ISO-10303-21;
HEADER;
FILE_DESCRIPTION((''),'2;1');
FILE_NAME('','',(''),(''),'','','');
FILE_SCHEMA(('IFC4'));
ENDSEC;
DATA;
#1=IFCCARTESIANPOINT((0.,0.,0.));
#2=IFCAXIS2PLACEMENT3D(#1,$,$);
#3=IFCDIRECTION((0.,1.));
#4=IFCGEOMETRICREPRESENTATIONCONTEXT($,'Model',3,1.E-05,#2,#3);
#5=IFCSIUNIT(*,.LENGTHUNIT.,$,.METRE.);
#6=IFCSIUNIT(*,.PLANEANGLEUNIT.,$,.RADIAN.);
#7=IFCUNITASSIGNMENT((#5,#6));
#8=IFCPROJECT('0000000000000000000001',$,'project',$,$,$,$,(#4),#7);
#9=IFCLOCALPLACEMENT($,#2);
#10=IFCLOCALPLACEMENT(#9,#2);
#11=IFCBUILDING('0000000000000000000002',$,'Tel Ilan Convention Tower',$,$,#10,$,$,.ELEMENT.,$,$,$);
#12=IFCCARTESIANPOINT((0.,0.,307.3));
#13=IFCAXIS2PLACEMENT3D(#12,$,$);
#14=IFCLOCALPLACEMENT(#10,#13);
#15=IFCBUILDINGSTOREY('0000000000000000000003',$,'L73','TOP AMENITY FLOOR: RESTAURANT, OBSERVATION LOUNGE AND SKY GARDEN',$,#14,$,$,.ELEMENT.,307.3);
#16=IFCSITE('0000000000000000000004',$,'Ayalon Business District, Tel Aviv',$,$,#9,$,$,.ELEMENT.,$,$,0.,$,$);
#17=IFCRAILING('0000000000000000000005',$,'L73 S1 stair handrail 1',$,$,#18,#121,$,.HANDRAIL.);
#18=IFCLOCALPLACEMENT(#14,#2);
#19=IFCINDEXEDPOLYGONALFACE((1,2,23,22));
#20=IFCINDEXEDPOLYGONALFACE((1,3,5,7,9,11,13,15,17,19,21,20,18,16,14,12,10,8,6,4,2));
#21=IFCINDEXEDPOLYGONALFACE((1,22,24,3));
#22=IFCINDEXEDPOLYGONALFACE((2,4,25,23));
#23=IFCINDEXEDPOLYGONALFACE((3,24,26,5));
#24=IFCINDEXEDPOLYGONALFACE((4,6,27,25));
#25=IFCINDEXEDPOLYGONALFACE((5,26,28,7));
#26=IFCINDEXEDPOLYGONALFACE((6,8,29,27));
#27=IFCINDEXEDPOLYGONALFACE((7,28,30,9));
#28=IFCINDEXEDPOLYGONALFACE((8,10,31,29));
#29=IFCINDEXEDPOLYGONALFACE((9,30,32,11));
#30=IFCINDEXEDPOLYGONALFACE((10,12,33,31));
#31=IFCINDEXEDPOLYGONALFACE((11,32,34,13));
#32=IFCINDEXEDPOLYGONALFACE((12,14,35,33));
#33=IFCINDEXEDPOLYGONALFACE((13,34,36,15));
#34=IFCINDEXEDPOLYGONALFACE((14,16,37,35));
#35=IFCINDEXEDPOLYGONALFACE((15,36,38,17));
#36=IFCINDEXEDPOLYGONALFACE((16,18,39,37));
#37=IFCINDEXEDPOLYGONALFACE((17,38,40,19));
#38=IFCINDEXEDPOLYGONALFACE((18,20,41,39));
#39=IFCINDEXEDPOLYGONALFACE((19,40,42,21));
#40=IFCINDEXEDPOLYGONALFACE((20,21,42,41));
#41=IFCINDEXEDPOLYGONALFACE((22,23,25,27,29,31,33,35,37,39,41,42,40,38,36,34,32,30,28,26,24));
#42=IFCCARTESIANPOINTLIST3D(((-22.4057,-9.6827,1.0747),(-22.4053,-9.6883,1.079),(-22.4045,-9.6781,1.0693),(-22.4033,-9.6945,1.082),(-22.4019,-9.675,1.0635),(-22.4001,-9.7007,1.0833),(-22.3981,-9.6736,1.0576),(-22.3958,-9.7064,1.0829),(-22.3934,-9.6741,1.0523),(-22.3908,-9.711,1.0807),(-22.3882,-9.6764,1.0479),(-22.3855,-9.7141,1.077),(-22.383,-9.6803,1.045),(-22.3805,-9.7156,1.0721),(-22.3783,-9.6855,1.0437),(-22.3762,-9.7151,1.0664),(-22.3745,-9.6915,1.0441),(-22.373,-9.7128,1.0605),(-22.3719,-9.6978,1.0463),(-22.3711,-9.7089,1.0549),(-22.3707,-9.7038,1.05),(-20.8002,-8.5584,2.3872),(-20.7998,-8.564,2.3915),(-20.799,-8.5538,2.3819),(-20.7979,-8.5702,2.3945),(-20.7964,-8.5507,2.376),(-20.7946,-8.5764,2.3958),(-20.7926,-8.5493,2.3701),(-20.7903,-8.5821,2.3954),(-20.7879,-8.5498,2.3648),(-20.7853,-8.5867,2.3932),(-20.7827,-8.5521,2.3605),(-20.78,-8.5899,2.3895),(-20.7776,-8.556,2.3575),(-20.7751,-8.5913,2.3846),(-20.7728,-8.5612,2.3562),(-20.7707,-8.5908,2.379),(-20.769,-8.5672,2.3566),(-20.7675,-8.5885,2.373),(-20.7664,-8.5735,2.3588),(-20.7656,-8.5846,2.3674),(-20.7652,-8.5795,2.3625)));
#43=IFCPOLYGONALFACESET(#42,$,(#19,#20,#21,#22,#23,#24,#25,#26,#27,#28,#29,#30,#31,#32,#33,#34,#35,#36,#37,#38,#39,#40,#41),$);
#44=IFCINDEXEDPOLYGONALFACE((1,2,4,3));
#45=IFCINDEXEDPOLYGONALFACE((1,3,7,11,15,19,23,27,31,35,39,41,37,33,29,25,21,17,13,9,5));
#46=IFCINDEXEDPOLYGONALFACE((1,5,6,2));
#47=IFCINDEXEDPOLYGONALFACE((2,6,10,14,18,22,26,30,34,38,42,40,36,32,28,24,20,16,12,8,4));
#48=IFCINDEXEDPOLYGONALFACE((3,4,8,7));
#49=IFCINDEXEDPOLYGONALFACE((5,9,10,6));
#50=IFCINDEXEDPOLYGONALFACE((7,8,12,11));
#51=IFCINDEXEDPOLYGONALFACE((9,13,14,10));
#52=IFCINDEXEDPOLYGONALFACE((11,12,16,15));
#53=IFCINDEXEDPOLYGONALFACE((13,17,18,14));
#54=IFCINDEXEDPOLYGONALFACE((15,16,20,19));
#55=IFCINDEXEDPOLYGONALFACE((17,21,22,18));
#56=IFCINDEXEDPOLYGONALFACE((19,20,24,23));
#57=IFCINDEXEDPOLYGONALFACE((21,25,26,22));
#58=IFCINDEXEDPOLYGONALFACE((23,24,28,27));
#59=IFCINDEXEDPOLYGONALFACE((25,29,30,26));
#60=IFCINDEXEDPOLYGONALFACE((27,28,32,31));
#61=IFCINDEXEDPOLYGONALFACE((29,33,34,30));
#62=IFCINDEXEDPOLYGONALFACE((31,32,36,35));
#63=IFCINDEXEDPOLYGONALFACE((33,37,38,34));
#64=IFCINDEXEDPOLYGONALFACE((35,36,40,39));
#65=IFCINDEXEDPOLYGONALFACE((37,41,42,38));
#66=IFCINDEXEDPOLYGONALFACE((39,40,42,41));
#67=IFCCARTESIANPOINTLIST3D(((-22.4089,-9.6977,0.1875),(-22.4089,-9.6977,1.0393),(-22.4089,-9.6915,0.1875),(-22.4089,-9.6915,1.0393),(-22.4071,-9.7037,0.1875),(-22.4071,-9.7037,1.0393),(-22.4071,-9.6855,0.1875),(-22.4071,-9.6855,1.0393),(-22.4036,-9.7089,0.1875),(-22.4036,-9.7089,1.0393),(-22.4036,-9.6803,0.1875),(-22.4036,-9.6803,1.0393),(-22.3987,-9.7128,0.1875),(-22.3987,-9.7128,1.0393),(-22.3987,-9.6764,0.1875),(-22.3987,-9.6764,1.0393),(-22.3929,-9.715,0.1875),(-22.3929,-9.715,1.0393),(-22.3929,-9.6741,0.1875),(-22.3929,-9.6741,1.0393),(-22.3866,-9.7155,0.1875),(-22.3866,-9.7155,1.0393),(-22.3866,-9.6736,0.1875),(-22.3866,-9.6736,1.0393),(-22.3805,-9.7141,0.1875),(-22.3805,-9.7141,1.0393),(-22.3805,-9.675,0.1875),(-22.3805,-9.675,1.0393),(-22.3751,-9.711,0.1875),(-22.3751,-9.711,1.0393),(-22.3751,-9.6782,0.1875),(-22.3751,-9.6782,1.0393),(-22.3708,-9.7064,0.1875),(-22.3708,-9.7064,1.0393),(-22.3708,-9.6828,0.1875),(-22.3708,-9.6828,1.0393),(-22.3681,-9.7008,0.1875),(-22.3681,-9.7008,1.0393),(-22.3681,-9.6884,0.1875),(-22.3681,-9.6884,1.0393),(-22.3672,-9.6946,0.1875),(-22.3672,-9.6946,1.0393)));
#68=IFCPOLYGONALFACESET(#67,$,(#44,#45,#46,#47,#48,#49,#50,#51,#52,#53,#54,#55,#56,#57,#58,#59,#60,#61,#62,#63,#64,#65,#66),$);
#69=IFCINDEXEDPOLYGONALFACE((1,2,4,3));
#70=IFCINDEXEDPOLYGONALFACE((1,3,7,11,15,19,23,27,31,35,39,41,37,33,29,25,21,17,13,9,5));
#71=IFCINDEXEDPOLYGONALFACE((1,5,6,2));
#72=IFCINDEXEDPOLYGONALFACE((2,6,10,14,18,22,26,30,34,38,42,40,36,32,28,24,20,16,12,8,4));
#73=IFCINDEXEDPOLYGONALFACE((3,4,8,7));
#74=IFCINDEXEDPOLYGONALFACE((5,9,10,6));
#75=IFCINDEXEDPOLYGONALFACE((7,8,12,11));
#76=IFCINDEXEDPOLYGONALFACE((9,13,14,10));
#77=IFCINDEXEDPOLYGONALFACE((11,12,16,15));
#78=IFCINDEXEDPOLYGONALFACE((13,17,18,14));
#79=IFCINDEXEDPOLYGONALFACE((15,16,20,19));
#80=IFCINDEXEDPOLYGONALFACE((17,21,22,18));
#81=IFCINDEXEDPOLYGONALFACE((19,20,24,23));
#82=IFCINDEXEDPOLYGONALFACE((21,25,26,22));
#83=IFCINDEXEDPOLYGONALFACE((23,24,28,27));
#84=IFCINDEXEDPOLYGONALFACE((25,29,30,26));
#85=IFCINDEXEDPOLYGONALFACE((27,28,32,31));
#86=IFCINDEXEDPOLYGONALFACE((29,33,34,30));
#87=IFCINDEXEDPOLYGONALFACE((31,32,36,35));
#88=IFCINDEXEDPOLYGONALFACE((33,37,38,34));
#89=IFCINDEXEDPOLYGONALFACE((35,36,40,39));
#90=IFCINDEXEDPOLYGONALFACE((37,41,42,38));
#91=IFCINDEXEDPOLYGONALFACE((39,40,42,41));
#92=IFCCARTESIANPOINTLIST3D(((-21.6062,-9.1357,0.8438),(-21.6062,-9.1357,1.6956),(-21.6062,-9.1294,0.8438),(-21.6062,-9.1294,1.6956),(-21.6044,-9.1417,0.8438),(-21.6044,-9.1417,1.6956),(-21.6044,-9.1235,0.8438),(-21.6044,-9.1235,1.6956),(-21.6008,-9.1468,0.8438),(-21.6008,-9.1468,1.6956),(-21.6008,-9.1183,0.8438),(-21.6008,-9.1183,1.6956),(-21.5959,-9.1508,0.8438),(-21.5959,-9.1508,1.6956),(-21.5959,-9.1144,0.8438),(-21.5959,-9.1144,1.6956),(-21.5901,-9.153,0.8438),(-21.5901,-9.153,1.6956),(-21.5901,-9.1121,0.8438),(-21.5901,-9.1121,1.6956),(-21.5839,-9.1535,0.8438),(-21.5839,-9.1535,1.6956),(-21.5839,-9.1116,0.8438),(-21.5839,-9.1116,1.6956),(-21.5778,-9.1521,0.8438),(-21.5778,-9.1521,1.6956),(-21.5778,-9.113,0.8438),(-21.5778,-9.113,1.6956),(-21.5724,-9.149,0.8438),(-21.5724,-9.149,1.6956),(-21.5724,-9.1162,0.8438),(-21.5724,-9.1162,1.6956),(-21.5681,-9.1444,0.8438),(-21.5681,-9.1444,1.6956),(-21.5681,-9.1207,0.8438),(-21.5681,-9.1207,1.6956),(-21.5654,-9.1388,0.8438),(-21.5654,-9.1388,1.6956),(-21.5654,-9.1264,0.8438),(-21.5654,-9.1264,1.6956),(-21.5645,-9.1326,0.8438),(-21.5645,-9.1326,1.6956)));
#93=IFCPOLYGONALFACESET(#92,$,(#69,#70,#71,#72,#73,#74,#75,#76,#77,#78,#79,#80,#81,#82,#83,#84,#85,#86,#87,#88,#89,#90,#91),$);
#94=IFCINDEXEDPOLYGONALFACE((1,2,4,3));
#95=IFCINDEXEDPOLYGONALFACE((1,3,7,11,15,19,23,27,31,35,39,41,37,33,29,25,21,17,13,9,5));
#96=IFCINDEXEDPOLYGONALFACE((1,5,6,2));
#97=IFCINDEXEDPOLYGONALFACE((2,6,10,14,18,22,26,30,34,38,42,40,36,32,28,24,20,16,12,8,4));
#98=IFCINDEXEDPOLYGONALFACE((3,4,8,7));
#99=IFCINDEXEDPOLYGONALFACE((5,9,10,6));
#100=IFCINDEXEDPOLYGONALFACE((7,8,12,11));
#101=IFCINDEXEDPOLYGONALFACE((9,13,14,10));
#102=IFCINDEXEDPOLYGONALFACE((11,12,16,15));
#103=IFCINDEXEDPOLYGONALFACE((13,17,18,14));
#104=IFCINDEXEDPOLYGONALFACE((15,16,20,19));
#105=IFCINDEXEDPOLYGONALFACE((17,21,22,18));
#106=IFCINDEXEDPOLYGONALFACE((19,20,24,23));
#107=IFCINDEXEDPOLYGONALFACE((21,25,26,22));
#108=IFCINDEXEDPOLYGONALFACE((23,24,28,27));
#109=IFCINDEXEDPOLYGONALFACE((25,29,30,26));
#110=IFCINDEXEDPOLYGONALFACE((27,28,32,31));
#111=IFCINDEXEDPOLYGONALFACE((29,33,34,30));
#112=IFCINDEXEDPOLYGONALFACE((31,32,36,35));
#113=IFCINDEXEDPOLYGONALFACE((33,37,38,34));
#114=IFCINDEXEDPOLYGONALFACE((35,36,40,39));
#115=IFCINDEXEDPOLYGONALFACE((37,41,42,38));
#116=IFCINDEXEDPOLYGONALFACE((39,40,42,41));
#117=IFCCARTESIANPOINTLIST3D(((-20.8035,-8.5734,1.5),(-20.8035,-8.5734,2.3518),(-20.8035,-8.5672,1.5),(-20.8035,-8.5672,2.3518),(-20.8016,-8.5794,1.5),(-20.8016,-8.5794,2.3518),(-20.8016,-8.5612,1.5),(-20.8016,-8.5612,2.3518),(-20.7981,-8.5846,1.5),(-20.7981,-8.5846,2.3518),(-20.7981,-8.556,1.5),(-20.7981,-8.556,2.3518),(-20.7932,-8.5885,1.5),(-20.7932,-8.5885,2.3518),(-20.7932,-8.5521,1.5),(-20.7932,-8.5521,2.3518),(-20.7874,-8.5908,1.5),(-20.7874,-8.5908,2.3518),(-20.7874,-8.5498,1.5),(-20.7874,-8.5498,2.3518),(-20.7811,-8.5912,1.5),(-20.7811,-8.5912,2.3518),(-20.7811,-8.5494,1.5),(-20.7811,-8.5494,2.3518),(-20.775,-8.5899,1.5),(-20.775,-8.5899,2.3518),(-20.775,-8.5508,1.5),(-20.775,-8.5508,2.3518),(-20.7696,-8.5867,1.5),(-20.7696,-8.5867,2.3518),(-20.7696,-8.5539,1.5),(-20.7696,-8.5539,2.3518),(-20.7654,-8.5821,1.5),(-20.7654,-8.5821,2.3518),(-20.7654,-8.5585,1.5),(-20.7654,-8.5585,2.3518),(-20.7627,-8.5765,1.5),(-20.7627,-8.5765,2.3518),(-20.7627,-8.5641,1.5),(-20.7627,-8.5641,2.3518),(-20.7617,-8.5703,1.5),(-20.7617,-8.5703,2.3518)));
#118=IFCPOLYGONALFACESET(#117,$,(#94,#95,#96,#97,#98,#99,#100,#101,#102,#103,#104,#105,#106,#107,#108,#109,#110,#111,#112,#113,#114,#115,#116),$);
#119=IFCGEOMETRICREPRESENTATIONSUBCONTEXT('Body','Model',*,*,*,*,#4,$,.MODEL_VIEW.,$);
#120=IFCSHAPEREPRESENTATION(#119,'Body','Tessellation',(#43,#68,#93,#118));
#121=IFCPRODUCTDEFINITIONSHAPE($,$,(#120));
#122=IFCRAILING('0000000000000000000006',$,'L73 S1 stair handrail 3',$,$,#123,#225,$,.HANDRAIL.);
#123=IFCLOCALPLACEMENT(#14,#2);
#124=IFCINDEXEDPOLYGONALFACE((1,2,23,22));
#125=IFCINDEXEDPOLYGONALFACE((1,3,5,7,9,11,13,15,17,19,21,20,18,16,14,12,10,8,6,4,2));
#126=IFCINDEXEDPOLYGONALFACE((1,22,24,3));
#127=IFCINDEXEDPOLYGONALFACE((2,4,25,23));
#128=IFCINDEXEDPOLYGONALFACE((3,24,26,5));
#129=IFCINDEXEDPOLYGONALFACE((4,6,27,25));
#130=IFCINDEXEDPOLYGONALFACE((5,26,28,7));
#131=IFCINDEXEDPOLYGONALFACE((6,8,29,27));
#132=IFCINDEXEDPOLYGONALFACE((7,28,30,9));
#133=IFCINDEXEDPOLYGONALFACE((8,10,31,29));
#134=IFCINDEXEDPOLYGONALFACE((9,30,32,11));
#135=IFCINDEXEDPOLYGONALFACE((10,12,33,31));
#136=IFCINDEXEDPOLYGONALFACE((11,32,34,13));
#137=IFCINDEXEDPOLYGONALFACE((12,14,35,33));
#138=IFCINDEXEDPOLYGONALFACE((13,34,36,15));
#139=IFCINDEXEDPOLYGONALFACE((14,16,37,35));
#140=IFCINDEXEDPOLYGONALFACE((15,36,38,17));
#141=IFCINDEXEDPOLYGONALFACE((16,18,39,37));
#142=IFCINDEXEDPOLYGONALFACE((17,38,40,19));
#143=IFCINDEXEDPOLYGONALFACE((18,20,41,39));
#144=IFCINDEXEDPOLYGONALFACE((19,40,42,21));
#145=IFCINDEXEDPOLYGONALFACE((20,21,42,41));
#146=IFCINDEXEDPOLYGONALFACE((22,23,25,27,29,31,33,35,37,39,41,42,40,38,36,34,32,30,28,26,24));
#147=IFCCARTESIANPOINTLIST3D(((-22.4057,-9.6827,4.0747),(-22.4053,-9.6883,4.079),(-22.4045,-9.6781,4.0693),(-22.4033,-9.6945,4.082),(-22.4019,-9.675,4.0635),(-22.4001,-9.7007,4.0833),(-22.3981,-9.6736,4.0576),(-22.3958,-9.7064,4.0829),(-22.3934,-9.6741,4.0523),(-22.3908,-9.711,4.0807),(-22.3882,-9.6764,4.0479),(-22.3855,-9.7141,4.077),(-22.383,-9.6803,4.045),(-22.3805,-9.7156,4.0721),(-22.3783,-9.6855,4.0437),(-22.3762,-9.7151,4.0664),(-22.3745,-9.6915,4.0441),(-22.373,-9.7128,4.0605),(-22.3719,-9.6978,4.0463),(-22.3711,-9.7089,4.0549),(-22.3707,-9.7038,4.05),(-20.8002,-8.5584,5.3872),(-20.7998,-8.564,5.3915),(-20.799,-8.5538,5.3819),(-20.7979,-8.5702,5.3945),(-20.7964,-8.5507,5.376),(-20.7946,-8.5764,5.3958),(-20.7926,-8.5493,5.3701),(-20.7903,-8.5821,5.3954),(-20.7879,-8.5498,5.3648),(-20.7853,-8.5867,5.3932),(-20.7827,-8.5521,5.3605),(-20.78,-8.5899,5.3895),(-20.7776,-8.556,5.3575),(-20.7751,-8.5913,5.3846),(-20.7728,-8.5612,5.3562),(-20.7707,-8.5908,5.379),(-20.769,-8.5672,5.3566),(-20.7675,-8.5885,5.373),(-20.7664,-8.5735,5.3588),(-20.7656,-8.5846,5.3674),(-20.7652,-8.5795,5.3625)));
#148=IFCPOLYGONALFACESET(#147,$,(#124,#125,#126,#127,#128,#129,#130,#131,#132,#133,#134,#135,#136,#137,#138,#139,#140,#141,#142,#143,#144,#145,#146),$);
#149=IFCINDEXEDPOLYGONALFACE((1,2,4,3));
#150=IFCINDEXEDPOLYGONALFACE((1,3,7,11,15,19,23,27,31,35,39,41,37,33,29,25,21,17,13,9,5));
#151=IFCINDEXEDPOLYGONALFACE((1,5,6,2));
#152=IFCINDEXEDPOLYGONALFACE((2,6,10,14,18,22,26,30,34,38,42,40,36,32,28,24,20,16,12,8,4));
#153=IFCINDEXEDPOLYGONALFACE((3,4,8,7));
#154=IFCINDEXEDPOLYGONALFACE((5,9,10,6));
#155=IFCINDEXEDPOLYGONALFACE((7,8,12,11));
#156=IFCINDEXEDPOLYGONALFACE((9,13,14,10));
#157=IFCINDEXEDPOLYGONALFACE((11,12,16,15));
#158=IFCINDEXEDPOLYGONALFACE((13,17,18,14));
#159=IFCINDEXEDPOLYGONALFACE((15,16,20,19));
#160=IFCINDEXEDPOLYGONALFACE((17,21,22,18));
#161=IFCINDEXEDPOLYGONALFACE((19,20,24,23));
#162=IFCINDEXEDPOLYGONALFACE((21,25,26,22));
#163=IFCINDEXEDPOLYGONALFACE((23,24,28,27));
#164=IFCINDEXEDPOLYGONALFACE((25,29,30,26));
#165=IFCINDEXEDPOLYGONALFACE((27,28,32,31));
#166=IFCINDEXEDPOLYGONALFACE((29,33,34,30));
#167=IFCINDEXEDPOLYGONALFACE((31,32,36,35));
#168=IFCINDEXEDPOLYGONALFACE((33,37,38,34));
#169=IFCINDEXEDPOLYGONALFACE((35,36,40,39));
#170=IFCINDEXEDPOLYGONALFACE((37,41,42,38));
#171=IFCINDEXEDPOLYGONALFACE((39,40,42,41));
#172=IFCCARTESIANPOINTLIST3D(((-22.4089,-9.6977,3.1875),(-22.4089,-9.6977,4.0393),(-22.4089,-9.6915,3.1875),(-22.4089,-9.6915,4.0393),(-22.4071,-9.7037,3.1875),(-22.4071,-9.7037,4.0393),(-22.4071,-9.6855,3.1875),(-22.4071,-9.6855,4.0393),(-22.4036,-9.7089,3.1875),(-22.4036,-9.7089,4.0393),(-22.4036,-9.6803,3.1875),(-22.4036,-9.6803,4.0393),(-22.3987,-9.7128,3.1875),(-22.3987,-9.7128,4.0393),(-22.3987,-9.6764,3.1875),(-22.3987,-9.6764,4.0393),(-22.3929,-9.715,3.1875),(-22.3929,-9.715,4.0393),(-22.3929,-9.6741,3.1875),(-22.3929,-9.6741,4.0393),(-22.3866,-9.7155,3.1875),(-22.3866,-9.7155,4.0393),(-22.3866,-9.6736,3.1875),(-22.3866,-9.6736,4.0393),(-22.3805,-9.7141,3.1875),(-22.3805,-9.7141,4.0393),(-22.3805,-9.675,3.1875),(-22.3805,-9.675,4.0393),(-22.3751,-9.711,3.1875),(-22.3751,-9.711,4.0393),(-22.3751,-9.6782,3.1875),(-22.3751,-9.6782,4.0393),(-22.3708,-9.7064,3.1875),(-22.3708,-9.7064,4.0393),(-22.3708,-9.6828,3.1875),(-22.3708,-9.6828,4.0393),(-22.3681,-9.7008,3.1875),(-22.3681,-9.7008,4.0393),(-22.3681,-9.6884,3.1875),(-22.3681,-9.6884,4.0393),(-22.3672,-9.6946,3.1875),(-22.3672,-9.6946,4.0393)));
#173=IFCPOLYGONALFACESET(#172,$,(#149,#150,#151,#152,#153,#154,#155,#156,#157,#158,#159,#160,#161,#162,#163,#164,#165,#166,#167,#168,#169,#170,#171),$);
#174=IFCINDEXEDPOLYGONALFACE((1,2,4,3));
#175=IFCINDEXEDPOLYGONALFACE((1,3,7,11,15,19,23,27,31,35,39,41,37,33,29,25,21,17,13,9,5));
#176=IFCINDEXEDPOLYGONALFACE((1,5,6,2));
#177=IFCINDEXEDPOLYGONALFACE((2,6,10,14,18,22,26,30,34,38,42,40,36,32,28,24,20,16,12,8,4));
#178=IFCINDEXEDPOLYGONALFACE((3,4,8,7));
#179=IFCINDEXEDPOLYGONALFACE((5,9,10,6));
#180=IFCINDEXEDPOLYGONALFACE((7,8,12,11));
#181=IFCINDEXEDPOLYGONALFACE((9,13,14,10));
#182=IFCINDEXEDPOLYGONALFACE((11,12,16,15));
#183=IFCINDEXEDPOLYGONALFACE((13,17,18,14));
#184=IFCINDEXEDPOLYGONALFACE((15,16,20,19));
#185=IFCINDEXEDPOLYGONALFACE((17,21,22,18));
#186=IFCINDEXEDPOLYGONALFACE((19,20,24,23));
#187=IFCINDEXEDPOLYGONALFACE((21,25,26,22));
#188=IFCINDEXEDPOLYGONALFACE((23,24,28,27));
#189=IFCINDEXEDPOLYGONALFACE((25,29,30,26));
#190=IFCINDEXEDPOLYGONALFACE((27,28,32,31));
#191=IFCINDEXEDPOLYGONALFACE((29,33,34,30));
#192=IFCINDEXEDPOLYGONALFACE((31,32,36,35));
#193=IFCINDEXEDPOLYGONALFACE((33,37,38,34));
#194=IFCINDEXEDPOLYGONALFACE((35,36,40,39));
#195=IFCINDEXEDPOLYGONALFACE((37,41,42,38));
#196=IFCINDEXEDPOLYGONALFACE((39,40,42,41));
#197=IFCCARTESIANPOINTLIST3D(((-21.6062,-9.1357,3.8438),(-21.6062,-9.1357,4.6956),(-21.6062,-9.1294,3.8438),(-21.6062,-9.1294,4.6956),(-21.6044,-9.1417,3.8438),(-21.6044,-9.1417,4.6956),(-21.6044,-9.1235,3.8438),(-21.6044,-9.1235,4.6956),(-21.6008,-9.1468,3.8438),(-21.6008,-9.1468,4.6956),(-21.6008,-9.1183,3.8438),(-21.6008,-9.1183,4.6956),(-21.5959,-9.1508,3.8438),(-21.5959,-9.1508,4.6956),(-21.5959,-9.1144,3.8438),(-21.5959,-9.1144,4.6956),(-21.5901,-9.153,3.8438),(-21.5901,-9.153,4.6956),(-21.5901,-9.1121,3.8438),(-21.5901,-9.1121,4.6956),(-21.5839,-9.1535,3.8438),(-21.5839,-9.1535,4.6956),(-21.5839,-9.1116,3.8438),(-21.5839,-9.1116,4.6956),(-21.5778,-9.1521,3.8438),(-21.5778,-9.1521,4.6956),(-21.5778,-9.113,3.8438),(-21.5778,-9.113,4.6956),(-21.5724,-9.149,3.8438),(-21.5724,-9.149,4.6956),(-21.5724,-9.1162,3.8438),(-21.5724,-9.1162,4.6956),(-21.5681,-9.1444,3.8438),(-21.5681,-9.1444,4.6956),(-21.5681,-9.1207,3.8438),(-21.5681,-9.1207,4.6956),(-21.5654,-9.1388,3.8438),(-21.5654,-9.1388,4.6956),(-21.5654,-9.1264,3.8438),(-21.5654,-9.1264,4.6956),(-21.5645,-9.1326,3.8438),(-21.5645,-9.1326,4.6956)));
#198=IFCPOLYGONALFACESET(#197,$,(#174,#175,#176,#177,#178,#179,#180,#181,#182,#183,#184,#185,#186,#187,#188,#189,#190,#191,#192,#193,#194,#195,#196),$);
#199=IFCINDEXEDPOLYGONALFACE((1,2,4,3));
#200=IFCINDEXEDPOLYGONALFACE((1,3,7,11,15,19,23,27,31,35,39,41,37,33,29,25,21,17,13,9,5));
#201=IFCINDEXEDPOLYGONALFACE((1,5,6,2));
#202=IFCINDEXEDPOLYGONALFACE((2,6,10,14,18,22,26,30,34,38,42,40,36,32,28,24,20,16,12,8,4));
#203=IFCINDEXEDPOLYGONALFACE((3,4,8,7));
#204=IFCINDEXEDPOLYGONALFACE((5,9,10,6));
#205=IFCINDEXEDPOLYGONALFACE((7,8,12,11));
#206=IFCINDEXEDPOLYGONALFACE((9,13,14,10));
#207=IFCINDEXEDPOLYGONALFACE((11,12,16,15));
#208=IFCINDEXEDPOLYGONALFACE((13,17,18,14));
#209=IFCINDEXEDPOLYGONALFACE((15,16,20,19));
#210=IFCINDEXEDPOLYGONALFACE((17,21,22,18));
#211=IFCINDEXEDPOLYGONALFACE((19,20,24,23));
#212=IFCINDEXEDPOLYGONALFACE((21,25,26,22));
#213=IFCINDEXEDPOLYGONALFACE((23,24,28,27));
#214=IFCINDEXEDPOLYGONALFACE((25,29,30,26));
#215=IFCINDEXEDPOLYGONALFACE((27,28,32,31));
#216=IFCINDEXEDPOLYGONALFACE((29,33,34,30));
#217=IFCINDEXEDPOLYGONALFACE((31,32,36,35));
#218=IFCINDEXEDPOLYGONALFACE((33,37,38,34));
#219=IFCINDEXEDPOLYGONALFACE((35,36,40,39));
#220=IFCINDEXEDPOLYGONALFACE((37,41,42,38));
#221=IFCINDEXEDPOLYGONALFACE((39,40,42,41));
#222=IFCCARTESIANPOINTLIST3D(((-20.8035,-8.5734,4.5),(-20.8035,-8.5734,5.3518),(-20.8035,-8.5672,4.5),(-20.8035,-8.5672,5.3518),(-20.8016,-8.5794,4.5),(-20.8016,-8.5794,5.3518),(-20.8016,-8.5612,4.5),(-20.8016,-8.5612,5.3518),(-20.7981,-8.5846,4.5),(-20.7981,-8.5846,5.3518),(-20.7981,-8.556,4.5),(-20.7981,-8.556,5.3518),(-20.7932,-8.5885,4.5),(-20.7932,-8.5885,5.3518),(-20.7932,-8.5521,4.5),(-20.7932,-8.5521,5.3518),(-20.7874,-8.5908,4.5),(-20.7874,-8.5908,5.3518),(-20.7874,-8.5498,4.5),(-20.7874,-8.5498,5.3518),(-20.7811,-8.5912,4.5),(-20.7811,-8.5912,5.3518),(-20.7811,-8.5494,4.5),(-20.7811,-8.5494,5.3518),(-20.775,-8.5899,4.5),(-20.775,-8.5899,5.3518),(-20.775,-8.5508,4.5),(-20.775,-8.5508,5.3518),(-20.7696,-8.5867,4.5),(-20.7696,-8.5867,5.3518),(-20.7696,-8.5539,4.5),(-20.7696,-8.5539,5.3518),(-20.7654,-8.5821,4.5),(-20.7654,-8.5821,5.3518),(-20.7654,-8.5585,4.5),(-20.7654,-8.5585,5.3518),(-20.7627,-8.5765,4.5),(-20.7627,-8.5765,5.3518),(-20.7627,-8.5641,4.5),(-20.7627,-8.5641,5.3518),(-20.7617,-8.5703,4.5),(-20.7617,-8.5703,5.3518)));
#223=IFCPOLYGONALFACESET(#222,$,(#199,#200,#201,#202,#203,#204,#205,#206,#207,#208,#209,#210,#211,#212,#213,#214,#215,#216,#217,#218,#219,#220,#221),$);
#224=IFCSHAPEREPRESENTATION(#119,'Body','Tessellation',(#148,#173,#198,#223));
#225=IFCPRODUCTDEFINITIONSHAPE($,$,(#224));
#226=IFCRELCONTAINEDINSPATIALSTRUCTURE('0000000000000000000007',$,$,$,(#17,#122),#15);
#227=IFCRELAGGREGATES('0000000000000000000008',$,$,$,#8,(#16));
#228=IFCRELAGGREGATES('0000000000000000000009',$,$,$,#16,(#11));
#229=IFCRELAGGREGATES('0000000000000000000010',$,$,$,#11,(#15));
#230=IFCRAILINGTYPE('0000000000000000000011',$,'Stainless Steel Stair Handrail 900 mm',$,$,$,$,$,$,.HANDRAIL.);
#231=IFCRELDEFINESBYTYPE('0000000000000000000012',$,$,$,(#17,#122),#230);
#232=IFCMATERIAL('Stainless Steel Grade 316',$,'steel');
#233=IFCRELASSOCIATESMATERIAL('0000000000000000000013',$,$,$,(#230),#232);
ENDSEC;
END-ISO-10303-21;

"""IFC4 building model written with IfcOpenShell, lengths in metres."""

from ifc_helpers import new_model, si_unit, direction, frame, origin, origin_2d, place, context, subcontext, project, spatial, circle, extrude, material, type_object, element, save


model = new_model("IFC4")

# Units and contexts
model_context = context("Model", 3, precision=1e-05, world=origin(), true_north=direction((0.0, 1.0)))
body_context = subcontext(model_context, "Body", "Model", "MODEL_VIEW")
ifc_project = project(units=[si_unit("LENGTHUNIT", "METRE"), si_unit("PLANEANGLEUNIT", "RADIAN")], contexts=[model_context])

# Site, building, storey
site_placement = place(None, origin())
site = spatial("IfcSite", under=ifc_project, at=site_placement, Name="Ayalon Business District, Tel Aviv", CompositionType="ELEMENT", RefElevation=0.0)
building_placement = place(site_placement, origin())
building = spatial("IfcBuilding", under=site, at=building_placement, Name="Tel Ilan Convention Tower", CompositionType="ELEMENT")
storey_placement = place(building_placement, frame((0.0, 0.0, 307.3)))
storey = spatial("IfcBuildingStorey", under=building, at=storey_placement, Name="L73", Description="TOP AMENITY FLOOR: RESTAURANT, OBSERVATION LOUNGE AND SKY GARDEN", CompositionType="ELEMENT", Elevation=307.3)

# Railings
ifc_material_1 = material(Name="Stainless Steel Grade 316", Category="steel")
railing_type_1 = type_object("IfcRailingType", Name="Stainless Steel Stair Handrail 900 mm", PredefinedType="HANDRAIL", material=ifc_material_1)
for number, where, name in (
    (1, (-22.3882, -9.6946, 0.1875), "L73 S1 stair handrail 1"),
    (2, (-22.3882, -9.6946, 3.1875), "L73 S1 stair handrail 3"),
):
    element("IfcRailing", number, at=place(storey_placement, frame(where)), inside=storey, type_object=railing_type_1, Name=name, PredefinedType="HANDRAIL", context=body_context, shape_type="SweptSolid", body=[
        extrude(circle(Radius=0.0239, at=origin_2d()), frame((0.0, 0.0, 0.876), z_axis=(0.680616, 0.476617, 0.556416), x_axis=(-0.573613, 0.819127, 0.0)), (0.0, 0.0, 1.0), 2.3589),
        extrude(circle(Radius=0.021, at=origin_2d()), origin(), (0.0, 0.0, 1.0), 0.8518),
        extrude(circle(Radius=0.021, at=origin_2d()), frame((0.8027, 0.562, 0.6562)), (0.0, 0.0, 1.0), 0.8518),
        extrude(circle(Radius=0.021, at=origin_2d()), frame((1.6055, 1.1243, 1.3125)), (0.0, 0.0, 1.0), 0.8518),
    ])

save(model, "model.ifc")
